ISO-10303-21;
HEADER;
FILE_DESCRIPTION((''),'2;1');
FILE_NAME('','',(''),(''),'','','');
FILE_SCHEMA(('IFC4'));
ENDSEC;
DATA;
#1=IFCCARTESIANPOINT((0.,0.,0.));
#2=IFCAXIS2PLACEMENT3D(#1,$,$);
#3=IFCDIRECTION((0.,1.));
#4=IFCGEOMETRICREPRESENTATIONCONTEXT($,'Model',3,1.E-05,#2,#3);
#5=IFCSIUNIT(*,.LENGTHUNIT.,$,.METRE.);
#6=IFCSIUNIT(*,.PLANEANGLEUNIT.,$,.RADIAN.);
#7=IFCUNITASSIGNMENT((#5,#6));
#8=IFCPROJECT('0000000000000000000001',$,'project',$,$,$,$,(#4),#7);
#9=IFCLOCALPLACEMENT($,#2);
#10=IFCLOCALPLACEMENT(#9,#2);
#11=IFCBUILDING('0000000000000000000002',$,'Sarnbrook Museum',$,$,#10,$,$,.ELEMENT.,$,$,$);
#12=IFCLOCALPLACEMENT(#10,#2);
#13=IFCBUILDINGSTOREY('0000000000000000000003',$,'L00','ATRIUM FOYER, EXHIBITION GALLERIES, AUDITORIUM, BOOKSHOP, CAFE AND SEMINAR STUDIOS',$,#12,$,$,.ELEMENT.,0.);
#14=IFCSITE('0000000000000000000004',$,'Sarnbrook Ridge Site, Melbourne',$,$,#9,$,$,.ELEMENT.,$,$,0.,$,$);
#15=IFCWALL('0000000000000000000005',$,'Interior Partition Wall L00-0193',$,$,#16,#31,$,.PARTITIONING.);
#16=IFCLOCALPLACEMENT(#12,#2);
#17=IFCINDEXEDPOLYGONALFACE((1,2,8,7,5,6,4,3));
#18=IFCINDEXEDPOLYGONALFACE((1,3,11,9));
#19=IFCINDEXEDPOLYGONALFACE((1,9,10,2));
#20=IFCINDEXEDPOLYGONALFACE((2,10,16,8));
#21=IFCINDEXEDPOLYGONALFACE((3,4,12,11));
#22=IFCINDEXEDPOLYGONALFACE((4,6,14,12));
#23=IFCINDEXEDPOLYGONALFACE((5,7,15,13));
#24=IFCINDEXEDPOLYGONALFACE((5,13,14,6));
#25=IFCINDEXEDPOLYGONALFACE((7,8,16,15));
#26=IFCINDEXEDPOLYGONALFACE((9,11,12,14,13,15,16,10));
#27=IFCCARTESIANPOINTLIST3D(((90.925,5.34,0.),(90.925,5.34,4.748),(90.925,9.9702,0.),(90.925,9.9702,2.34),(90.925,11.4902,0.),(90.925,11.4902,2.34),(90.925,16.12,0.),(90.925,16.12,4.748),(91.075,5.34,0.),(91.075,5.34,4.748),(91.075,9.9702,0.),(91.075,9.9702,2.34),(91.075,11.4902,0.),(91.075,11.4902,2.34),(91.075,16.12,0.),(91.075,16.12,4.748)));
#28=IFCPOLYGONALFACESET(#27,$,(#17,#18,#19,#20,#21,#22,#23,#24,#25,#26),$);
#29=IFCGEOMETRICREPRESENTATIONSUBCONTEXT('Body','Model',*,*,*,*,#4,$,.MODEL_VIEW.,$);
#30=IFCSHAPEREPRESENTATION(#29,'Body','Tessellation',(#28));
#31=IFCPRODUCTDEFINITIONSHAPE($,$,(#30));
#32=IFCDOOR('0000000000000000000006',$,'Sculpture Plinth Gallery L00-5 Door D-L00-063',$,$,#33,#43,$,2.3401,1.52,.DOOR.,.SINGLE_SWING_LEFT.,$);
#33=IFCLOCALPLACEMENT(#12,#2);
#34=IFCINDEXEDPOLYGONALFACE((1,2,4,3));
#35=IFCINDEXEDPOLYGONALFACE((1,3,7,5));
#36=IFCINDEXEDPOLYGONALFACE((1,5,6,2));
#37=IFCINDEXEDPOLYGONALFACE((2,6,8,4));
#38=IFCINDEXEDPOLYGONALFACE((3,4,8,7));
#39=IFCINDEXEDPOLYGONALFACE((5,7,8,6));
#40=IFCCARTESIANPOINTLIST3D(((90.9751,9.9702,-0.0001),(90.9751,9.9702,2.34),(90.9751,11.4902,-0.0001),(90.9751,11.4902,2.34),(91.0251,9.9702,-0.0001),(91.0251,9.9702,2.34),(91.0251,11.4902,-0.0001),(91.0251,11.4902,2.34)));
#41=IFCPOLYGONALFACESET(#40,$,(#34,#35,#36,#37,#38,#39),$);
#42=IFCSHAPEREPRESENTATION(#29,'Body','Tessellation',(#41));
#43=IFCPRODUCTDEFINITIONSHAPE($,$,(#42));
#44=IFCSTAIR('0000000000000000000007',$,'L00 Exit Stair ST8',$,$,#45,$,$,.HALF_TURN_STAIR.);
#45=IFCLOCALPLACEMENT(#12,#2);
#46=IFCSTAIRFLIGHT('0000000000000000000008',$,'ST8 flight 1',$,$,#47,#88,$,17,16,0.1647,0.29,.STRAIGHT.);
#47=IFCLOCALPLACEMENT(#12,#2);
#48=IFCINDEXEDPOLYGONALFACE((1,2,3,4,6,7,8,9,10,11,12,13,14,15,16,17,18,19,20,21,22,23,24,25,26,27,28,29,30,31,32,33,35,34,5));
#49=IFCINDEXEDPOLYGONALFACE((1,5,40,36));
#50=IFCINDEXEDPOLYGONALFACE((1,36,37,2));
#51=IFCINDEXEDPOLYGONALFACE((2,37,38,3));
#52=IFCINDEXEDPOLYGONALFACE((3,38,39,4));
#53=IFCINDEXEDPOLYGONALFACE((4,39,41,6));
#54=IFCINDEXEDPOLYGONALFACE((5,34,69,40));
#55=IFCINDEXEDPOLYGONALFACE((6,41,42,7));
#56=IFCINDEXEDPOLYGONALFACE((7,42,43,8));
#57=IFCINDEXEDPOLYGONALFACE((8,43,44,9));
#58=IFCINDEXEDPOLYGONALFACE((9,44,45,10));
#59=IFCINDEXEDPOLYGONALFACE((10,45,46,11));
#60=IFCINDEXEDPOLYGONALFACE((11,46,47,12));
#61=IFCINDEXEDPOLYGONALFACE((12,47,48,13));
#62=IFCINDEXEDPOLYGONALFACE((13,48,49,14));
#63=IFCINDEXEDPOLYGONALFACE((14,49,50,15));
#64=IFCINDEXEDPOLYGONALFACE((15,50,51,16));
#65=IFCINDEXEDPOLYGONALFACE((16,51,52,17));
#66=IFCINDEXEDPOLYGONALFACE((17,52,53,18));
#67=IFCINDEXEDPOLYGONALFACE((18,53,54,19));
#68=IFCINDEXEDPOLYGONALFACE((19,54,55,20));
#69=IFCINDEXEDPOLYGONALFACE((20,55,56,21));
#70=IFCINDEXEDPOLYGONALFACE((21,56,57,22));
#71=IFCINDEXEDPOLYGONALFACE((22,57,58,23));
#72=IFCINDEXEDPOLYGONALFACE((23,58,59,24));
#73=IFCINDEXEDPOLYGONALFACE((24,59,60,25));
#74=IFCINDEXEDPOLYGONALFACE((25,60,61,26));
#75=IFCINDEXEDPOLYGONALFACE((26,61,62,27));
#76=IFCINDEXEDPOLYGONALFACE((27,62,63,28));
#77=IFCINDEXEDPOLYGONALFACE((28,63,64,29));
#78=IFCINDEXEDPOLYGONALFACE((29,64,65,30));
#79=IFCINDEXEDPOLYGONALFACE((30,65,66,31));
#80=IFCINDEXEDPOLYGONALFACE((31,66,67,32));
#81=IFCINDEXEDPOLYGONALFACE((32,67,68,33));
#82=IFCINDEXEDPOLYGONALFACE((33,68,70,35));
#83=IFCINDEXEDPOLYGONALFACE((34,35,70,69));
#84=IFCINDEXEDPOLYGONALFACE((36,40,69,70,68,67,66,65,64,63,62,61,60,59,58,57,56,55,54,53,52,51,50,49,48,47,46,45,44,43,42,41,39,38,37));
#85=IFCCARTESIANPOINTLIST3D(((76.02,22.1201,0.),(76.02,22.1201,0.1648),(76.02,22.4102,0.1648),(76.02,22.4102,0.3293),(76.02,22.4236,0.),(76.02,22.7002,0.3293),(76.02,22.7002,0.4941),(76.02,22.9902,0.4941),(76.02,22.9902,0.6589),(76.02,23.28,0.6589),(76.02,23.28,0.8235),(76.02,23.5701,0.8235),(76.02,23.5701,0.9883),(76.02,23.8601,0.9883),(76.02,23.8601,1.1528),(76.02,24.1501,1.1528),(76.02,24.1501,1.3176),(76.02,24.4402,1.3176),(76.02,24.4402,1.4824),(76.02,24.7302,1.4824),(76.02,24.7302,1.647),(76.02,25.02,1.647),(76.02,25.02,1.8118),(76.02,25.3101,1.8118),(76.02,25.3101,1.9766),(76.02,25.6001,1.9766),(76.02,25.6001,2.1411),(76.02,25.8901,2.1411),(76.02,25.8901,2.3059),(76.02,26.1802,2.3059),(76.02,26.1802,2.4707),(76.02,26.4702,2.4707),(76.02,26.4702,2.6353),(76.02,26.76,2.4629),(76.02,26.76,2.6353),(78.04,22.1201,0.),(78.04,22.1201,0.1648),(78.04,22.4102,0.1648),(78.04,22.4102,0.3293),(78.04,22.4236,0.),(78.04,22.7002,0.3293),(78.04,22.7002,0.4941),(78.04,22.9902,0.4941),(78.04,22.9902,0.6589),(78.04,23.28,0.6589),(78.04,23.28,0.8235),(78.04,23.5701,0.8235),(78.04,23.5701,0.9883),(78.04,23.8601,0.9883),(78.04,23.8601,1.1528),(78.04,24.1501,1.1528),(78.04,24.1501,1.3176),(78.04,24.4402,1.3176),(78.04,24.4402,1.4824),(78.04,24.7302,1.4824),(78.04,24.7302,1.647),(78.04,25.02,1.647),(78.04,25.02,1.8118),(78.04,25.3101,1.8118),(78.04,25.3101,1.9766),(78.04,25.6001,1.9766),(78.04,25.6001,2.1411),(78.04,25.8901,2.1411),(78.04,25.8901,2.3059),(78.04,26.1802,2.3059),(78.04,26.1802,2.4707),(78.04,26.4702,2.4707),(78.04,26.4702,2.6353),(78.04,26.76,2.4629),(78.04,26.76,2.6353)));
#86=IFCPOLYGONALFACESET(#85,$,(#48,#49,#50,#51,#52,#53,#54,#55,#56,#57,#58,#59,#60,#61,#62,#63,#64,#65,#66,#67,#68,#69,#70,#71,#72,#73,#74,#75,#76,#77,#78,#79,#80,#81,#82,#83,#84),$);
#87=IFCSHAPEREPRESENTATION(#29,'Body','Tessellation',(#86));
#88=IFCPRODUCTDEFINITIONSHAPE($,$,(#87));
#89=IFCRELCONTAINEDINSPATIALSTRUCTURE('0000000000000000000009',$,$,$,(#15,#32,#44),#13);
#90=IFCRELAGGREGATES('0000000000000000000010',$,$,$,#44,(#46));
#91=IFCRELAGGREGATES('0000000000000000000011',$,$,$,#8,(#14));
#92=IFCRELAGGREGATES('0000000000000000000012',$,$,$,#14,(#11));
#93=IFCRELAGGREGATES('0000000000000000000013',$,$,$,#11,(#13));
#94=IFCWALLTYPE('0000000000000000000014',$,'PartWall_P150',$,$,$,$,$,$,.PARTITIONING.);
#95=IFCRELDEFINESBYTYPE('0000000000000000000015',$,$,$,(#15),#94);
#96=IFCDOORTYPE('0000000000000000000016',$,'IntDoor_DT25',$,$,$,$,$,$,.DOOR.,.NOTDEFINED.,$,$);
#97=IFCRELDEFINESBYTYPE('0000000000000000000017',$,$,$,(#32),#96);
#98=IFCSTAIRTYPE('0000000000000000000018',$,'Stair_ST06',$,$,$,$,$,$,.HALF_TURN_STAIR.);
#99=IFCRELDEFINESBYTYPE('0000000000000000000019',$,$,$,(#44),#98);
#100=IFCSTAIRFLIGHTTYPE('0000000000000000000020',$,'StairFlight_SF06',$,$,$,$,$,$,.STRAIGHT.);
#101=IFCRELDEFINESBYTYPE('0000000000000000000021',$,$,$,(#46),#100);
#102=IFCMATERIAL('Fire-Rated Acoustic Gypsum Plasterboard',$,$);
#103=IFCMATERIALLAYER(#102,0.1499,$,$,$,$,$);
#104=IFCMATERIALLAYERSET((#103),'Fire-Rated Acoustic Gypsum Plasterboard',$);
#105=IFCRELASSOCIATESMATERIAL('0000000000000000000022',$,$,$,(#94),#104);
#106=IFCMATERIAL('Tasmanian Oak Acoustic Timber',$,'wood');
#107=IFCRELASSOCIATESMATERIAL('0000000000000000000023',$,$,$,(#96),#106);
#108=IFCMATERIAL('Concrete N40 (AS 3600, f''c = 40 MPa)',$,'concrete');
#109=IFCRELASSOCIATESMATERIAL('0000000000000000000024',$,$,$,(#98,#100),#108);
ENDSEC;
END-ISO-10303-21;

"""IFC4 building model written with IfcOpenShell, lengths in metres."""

from ifc_helpers import new_model, si_unit, direction, frame, frame_2d, origin, place, context, subcontext, project, spatial, polyline, rectangle, outline, extrude, material, layer, layer_set, type_object, element, fill, aggregate, save


model = new_model("IFC4")

# Units and contexts
model_context = context("Model", 3, precision=1e-05, world=origin(), true_north=direction((0.0, 1.0)))
body_context = subcontext(model_context, "Body", "Model", "MODEL_VIEW")
ifc_project = project(units=[si_unit("LENGTHUNIT", "METRE"), si_unit("PLANEANGLEUNIT", "RADIAN")], contexts=[model_context])

# Site, building, storey
site_placement = place(None, origin())
site = spatial("IfcSite", under=ifc_project, at=site_placement, Name="Sarnbrook Ridge Site, Melbourne", CompositionType="ELEMENT", RefElevation=0.0)
building_placement = place(site_placement, origin())
building = spatial("IfcBuilding", under=site, at=building_placement, Name="Sarnbrook Museum", CompositionType="ELEMENT")
storey_placement = place(building_placement, origin())
storey = spatial("IfcBuildingStorey", under=building, at=storey_placement, Name="L00", Description="ATRIUM FOYER, EXHIBITION GALLERIES, AUDITORIUM, BOOKSHOP, CAFE AND SEMINAR STUDIOS", CompositionType="ELEMENT", Elevation=0.0)

# Shared definitions
ifc_material_1 = material(Name="Fire-Rated Acoustic Gypsum Plasterboard")

# Wall, opening, door
ifc_layer_1 = layer(ifc_material_1, 0.1499)
ifc_layer_set_1 = layer_set([ifc_layer_1], Name="Fire-Rated Acoustic Gypsum Plasterboard")
wall_type_1 = type_object("IfcWallType", Name="PartWall_P150", PredefinedType="PARTITIONING", material=ifc_layer_set_1)
wall_1_placement = place(storey_placement, frame((91.0, 16.1201, 0.0), z_axis=(0.0, 0.0, 1.0), x_axis=(0.0, -1.0, 0.0)))
wall_1 = element("IfcWall", 1, at=wall_1_placement, inside=storey, type_object=wall_type_1, Name="Interior Partition Wall L00-0193", PredefinedType="PARTITIONING", context=body_context, shape_type="SweptSolid", body=[
    extrude(rectangle(XDim=10.78, YDim=0.1499, at=frame_2d((5.3901, 0.0))), origin(), (0.0, 0.0, 1.0), 4.748),
])
opening_placement = place(wall_1_placement, frame((4.6299, 0.0, 0.0)))
opening = element("IfcOpeningElement", 2, at=opening_placement, cuts=wall_1, PredefinedType="OPENING", context=body_context, shape_type="SweptSolid", body=[
    extrude(rectangle(XDim=1.52, YDim=2.3401, at=frame_2d((0.76, 1.1699))), frame((0.0, 0.085, 0.0), z_axis=(0.0, -1.0, 0.0), x_axis=(1.0, 0.0, 0.0)), (0.0, 0.0, 1.0), 0.1699),
])
ifc_material_2 = material(Name="Tasmanian Oak Acoustic Timber", Category="wood")
door_type = type_object("IfcDoorType", Name="IntDoor_DT25", OperationType="NOTDEFINED", PredefinedType="DOOR", material=ifc_material_2)
door_placement = place(opening_placement, frame((1.52, 0.0, 0.0), z_axis=(0.0, 0.0, 1.0), x_axis=(-1.0, 0.0, 0.0)))
door = element("IfcDoor", 3, at=door_placement, inside=storey, type_object=door_type, Name="Sculpture Plinth Gallery L00-5 Door D-L00-063", OperationType="SINGLE_SWING_LEFT", OverallHeight=2.3401, OverallWidth=1.52, PredefinedType="DOOR", context=body_context, shape_type="SweptSolid", body=[
    extrude(rectangle(XDim=1.52, YDim=2.3401, at=frame_2d((0.76, 1.1699))), frame((0.0, 0.0249, 0.0), z_axis=(0.0, -1.0, 0.0), x_axis=(1.0, 0.0, 0.0)), (0.0, 0.0, 1.0), 0.05),
])
fill(opening, door)

# Stair, stair flight
ifc_material_3 = material(Name="Concrete N40 (AS 3600, f'c = 40 MPa)", Category="concrete")
stair_type = type_object("IfcStairType", Name="Stair_ST06", PredefinedType="HALF_TURN_STAIR", material=ifc_material_3)
stair_placement = place(storey_placement, origin())
stair = element("IfcStair", 4, at=stair_placement, inside=storey, type_object=stair_type, Name="L00 Exit Stair ST8", PredefinedType="HALF_TURN_STAIR")
stair_flight_type = type_object("IfcStairFlightType", Name="StairFlight_SF06", PredefinedType="STRAIGHT", material=ifc_material_3)
stair_flight_placement = place(storey_placement, frame((77.03, 22.1201, 0.0), z_axis=(0.0, 0.0, 1.0), x_axis=(0.0, 1.0, 0.0)))
stair_flight = element("IfcStairFlight", 5, at=stair_flight_placement, type_object=stair_flight_type, Name="ST8 flight 1", NumberOfRisers=17, NumberOfTreads=16, PredefinedType="STRAIGHT", RiserHeight=0.1647, TreadLength=0.29, context=body_context, shape_type="SweptSolid", body=[
    extrude(outline(polyline([(0.0, 0.0), (0.0, 0.1648), (0.29, 0.1648), (0.29, 0.3293), (0.5801, 0.3293), (0.5801, 0.4941), (0.8701, 0.4941), (0.8701, 0.6589), (1.1599, 0.6589), (1.1599, 0.8235), (1.45, 0.8235), (1.45, 0.9883), (1.74, 0.9883), (1.74, 1.1528), (2.03, 1.1528), (2.03, 1.3176), (2.3201, 1.3176), (2.3201, 1.4824), (2.6101, 1.4824), (2.6101, 1.647), (2.8999, 1.647), (2.8999, 1.8118), (3.1899, 1.8118), (3.1899, 1.9766), (3.48, 1.9766), (3.48, 2.1411), (3.77, 2.1411), (3.77, 2.3059), (4.0601, 2.3059), (4.0601, 2.4707), (4.3501, 2.4707), (4.3501, 2.6353), (4.6399, 2.6353), (4.6399, 2.8), (4.6399, 2.4629), (0.3035, 0.0), (0.0, 0.0)])), frame((0.0, 1.01, 0.0), z_axis=(0.0, -1.0, 0.0), x_axis=(1.0, 0.0, 0.0)), (0.0, 0.0, 1.0), 2.02),
])
aggregate(stair, [stair_flight])

save(model, "model.ifc")
